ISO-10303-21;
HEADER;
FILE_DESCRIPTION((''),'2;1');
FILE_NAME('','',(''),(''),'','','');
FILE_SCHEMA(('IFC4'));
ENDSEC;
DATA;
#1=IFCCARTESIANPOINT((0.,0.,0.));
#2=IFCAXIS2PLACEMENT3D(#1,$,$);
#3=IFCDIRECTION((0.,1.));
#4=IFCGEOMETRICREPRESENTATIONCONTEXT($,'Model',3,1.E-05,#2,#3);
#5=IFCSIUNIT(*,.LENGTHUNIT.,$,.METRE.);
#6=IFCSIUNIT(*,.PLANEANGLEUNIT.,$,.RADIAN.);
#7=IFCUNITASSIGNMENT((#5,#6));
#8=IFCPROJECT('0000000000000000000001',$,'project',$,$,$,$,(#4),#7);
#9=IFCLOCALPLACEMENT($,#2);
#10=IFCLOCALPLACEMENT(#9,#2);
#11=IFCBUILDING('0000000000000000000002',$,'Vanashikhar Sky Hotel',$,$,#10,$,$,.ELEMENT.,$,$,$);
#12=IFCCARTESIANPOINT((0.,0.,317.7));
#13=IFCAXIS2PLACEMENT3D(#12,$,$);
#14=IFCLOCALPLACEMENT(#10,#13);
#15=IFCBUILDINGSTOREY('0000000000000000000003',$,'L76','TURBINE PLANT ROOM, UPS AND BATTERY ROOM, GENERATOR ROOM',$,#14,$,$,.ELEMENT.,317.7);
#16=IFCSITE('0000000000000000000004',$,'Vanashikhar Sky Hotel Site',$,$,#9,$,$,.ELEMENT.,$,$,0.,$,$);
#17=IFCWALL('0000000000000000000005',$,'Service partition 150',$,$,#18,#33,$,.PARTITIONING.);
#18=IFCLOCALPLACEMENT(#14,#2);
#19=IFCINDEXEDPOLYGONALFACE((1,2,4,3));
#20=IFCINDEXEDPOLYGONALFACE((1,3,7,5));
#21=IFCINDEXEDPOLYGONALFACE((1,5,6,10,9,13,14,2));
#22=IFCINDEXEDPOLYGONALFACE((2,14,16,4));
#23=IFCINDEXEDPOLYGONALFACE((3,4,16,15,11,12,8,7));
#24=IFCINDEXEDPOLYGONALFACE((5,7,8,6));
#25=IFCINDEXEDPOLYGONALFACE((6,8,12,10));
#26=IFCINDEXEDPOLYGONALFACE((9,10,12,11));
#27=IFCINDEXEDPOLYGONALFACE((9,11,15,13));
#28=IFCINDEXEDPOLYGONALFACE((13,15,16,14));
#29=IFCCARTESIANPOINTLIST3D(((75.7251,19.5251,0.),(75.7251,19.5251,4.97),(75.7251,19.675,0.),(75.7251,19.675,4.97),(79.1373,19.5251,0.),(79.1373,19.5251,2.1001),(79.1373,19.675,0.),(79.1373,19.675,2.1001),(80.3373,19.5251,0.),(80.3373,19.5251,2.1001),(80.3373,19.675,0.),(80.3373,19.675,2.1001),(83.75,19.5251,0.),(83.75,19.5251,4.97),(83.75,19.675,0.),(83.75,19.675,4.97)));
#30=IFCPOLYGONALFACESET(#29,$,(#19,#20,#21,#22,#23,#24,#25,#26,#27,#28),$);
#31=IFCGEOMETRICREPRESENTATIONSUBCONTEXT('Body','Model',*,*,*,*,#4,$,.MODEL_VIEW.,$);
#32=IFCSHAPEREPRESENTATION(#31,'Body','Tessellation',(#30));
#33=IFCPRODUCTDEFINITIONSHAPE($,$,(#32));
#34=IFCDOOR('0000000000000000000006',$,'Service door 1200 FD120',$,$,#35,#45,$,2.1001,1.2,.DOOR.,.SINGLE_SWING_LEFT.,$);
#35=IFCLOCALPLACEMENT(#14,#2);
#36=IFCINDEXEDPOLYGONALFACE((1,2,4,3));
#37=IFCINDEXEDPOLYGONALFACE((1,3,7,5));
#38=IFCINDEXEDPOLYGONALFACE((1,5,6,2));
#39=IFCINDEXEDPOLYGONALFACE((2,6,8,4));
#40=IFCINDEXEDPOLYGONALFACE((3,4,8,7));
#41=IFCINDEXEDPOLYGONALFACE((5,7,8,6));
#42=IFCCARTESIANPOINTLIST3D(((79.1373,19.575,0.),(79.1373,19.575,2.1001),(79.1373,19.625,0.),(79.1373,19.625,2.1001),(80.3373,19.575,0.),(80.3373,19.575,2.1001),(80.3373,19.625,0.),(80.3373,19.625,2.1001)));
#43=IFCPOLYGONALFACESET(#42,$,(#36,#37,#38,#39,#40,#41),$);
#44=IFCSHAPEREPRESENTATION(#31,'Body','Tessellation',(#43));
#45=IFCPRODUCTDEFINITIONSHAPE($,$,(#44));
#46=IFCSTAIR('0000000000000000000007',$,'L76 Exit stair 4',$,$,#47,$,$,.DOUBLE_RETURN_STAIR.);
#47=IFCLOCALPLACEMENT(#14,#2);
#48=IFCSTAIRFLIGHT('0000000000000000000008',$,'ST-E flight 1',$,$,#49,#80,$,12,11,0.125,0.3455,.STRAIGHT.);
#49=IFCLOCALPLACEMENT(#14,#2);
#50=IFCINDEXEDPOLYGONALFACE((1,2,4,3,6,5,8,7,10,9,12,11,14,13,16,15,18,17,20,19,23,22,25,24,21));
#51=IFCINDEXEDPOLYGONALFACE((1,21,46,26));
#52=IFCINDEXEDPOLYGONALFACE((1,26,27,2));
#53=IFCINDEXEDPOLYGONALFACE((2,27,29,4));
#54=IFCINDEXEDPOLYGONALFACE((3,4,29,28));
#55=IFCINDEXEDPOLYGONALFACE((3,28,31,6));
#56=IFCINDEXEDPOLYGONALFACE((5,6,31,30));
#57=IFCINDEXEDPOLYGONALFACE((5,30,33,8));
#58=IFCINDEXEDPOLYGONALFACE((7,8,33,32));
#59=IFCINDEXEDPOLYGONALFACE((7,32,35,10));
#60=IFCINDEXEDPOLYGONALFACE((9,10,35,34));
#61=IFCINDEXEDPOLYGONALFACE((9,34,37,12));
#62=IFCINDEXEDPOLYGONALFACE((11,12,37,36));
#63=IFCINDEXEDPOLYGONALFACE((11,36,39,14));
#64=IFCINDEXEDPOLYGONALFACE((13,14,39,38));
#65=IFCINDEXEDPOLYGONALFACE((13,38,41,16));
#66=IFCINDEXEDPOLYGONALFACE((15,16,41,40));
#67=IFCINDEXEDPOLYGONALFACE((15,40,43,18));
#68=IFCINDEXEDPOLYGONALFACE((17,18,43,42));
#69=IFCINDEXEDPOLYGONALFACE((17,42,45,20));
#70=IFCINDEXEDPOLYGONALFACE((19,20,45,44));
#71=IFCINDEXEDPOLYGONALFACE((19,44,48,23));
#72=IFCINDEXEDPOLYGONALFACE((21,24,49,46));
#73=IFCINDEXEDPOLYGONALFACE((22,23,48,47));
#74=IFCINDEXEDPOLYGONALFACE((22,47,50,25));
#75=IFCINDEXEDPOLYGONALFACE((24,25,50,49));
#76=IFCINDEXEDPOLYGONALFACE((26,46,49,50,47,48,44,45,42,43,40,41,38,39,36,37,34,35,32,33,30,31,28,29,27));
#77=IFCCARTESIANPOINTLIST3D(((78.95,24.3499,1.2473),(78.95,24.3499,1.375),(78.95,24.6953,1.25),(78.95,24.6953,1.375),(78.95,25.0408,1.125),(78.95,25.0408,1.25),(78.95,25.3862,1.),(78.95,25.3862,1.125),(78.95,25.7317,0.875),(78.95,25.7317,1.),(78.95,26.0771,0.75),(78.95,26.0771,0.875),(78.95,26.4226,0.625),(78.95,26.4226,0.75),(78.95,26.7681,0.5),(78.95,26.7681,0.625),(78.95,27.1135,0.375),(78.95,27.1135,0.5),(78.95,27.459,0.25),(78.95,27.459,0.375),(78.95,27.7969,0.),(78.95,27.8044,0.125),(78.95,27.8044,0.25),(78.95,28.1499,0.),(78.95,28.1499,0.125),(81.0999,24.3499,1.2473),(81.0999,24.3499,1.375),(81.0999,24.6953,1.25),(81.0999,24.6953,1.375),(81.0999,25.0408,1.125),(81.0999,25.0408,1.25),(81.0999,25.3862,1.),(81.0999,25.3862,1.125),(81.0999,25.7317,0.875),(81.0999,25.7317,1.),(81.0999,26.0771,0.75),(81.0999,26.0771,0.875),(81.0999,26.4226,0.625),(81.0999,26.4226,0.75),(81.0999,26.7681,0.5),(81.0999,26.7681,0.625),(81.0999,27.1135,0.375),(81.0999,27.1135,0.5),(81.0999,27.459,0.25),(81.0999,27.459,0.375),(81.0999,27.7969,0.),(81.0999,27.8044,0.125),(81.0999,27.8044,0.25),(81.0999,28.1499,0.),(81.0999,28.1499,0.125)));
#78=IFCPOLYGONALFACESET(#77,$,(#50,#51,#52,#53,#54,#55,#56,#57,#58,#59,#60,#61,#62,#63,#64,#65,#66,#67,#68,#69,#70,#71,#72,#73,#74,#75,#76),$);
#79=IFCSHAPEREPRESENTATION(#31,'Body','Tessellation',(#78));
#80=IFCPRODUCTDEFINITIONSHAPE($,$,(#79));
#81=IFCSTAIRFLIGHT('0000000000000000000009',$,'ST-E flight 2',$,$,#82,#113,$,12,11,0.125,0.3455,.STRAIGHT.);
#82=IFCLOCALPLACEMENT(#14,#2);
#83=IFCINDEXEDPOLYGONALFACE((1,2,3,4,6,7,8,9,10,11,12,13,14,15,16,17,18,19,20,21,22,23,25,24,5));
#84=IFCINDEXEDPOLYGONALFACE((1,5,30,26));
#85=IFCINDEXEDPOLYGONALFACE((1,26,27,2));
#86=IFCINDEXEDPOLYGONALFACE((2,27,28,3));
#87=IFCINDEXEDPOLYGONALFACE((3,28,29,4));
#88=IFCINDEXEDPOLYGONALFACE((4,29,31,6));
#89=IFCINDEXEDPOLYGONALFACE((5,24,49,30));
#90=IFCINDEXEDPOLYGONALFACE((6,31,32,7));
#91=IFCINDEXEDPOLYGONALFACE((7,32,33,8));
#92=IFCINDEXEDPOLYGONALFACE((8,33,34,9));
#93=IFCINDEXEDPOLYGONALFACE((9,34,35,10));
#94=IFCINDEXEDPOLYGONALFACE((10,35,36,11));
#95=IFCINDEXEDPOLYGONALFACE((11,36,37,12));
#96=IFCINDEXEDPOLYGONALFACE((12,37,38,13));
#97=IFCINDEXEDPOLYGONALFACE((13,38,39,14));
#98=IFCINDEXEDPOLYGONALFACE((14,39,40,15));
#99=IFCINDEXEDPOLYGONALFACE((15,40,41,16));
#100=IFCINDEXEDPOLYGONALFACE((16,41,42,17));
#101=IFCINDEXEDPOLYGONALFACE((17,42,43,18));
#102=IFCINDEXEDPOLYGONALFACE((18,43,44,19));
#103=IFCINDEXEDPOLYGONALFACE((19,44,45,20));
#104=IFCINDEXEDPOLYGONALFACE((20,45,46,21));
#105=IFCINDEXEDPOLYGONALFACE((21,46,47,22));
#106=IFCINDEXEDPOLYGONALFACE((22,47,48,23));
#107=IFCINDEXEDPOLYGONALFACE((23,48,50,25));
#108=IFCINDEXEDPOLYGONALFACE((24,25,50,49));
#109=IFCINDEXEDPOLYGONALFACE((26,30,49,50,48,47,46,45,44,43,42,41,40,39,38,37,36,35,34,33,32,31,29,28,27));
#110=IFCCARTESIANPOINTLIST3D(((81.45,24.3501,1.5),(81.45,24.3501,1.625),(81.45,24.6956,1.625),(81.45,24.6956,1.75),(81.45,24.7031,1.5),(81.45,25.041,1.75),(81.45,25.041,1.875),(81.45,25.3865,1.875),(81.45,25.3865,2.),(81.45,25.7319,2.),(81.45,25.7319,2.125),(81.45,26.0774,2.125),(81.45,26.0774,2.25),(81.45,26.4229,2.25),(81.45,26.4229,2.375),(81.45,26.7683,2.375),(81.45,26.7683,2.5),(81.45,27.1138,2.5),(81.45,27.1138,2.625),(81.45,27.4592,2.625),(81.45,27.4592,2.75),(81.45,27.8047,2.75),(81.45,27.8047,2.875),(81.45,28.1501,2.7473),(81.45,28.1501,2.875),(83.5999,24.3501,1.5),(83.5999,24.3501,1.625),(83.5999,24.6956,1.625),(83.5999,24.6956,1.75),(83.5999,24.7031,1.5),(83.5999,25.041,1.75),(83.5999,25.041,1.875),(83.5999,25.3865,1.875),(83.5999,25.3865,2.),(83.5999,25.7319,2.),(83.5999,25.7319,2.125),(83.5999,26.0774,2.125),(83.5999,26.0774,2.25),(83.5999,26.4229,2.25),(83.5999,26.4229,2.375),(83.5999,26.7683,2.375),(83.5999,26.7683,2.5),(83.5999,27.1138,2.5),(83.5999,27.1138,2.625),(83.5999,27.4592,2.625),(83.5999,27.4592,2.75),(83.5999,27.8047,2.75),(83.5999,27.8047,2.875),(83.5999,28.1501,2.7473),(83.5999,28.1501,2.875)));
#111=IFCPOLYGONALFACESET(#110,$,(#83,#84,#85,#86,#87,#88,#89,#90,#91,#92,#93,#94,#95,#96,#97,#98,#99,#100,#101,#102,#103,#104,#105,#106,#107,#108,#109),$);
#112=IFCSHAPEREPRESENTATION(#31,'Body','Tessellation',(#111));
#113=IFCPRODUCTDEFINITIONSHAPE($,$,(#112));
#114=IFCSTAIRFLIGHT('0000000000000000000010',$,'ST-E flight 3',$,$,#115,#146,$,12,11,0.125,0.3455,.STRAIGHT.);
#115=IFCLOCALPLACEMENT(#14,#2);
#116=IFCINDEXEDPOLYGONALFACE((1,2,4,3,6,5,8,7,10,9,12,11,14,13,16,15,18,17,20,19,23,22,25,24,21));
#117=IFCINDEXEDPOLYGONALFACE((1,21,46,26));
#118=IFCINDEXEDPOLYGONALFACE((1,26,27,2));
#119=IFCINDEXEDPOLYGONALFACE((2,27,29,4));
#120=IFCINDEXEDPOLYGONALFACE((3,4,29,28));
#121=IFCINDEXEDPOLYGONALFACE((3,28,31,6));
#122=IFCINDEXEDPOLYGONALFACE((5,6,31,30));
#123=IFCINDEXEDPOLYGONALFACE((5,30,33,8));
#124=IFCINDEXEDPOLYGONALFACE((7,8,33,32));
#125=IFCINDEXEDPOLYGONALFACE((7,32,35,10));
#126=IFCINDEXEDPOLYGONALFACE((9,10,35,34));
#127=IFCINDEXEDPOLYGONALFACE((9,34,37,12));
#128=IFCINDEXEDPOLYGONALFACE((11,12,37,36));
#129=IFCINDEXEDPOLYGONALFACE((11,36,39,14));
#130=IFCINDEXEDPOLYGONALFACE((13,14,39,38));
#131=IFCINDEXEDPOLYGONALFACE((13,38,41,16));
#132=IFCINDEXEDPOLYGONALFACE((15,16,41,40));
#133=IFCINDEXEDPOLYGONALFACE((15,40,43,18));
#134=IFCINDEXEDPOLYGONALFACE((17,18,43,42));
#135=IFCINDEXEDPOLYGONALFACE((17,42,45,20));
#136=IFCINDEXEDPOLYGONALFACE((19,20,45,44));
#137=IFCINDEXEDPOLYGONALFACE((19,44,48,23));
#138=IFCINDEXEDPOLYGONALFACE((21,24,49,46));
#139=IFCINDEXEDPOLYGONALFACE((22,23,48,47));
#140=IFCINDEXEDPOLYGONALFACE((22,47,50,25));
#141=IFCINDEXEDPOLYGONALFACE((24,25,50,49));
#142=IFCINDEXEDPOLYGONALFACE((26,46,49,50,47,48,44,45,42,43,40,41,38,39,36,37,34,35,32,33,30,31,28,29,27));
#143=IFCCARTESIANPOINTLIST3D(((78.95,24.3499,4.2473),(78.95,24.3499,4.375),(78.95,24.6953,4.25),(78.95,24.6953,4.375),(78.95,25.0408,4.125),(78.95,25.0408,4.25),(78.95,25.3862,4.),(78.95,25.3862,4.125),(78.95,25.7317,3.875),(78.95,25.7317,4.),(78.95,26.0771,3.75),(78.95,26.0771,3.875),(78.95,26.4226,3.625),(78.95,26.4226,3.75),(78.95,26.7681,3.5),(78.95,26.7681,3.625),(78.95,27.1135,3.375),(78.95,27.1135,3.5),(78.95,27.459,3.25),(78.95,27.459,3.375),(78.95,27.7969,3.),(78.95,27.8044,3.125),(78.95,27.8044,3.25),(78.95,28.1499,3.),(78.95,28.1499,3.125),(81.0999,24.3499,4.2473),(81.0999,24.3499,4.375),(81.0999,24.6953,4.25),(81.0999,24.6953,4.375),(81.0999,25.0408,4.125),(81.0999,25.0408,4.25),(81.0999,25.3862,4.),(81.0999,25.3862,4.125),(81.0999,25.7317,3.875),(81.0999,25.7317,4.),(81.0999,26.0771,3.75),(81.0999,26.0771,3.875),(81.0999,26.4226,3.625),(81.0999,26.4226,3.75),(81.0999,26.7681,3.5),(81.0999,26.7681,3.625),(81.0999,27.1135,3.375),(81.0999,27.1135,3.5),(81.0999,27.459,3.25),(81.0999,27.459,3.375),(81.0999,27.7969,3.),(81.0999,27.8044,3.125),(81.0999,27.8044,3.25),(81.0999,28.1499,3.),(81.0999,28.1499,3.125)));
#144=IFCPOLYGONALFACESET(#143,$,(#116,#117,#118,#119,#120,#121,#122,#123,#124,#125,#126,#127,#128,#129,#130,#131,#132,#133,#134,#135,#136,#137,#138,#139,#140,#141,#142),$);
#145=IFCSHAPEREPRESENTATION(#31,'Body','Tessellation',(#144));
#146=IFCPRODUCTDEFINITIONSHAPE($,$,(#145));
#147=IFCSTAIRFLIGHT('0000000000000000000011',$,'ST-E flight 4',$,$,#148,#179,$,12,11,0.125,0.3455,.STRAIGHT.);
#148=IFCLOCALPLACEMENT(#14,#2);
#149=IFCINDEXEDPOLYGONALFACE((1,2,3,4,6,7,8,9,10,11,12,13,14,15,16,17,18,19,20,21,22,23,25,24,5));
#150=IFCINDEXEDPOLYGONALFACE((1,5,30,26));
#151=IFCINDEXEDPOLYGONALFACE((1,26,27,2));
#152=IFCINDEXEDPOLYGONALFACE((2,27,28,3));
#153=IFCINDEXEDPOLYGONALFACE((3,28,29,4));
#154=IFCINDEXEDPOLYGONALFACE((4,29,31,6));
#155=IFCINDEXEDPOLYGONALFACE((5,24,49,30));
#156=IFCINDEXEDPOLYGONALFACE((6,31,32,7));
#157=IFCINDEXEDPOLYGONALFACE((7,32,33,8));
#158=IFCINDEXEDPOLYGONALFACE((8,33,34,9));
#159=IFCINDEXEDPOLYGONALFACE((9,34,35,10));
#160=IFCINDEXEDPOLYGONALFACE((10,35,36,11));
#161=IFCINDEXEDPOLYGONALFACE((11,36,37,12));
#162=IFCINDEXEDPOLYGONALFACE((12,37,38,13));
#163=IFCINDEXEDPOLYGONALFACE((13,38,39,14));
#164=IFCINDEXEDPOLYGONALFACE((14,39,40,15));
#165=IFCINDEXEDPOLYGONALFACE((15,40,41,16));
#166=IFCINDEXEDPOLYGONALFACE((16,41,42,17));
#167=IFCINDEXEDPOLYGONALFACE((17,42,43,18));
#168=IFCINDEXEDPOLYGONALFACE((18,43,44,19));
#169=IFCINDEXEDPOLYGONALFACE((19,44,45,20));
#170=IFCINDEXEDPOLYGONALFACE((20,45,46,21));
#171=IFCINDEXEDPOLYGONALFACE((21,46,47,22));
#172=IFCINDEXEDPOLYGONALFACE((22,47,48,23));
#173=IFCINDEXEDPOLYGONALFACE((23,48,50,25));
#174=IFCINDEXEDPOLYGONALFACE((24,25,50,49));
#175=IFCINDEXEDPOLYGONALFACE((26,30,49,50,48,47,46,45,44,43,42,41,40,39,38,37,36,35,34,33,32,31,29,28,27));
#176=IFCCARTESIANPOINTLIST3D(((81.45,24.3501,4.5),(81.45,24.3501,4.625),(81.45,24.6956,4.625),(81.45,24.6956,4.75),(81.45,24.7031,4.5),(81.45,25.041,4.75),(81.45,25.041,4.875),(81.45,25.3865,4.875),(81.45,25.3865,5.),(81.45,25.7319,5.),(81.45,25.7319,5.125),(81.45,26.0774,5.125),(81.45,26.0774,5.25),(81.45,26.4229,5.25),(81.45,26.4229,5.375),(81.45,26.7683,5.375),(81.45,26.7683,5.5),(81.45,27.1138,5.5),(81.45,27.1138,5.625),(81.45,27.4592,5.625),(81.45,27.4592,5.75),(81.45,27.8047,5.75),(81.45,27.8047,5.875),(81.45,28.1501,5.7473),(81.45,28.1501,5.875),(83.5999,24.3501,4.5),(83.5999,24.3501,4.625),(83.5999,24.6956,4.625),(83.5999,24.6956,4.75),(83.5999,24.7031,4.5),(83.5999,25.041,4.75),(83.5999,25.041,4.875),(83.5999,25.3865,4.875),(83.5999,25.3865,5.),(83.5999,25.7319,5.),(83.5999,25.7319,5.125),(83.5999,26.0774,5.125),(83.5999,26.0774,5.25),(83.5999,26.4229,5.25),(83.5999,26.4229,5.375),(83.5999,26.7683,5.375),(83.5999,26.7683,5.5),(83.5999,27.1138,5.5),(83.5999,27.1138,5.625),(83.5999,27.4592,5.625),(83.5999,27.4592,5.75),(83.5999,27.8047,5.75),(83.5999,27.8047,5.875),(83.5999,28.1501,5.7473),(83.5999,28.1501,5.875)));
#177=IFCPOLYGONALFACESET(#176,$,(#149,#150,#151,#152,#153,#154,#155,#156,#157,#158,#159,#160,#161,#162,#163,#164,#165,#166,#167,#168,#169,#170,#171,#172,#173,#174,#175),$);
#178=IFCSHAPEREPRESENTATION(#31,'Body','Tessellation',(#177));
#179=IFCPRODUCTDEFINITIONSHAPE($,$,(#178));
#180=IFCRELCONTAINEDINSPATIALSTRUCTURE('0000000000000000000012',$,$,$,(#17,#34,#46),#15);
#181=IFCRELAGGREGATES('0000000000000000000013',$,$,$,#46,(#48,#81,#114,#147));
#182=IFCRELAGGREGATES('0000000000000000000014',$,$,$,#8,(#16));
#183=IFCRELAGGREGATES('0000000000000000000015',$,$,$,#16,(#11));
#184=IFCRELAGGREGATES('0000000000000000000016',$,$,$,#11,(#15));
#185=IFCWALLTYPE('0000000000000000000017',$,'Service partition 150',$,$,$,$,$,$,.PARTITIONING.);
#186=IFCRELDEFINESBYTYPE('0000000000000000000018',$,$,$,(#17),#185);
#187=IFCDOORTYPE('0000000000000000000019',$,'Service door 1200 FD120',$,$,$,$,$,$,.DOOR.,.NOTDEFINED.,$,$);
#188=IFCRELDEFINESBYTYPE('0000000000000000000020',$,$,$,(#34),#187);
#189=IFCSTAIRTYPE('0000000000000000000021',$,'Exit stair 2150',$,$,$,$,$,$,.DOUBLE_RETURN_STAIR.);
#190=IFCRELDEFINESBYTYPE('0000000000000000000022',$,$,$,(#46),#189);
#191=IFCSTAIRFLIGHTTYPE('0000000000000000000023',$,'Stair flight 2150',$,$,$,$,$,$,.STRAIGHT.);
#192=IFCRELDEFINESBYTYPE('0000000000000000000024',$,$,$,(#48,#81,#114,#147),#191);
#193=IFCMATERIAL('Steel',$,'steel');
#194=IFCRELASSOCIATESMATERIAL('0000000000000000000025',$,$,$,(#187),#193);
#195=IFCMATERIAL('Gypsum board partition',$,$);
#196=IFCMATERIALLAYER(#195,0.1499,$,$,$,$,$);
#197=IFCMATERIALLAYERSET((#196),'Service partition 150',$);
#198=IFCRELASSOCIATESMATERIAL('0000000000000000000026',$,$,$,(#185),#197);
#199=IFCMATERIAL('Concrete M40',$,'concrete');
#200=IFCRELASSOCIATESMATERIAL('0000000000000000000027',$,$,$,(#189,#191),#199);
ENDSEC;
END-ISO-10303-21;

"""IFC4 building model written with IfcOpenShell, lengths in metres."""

from ifc_helpers import new_model, si_unit, direction, frame, frame_2d, origin, place, context, subcontext, project, spatial, polyline, rectangle, outline, extrude, source, transform, mapped, material, layer, layer_set, type_object, element, fill, aggregate, save


model = new_model("IFC4")

# Units and contexts
model_context = context("Model", 3, precision=1e-05, world=origin(), true_north=direction((0.0, 1.0)))
body_context = subcontext(model_context, "Body", "Model", "MODEL_VIEW")
ifc_project = project(units=[si_unit("LENGTHUNIT", "METRE"), si_unit("PLANEANGLEUNIT", "RADIAN")], contexts=[model_context])

# Site, building, storey
site_placement = place(None, origin())
site = spatial("IfcSite", under=ifc_project, at=site_placement, Name="Vanashikhar Sky Hotel Site", CompositionType="ELEMENT", RefElevation=0.0)
building_placement = place(site_placement, origin())
building = spatial("IfcBuilding", under=site, at=building_placement, Name="Vanashikhar Sky Hotel", CompositionType="ELEMENT")
storey_placement = place(building_placement, frame((0.0, 0.0, 317.7)))
storey = spatial("IfcBuildingStorey", under=building, at=storey_placement, Name="L76", Description="TURBINE PLANT ROOM, UPS AND BATTERY ROOM, GENERATOR ROOM", CompositionType="ELEMENT", Elevation=317.7)

# Shared definitions
ifc_material_1 = material(Name="Steel", Category="steel")
door_type_1 = type_object("IfcDoorType", Name="Service door 1200 FD120", OperationType="NOTDEFINED", PredefinedType="DOOR", material=ifc_material_1)
shared_shape_1 = source(origin(), body_context, "Body", "SweptSolid", [
    extrude(rectangle(XDim=1.2, YDim=2.1001, at=frame_2d((0.6001, 1.05))), frame((0.0, 0.0249, 0.0), z_axis=(0.0, -1.0, 0.0), x_axis=(1.0, 0.0, 0.0)), (0.0, 0.0, 1.0), 0.05),
])

# Wall, opening, door
ifc_material_2 = material(Name="Gypsum board partition")
ifc_layer_1 = layer(ifc_material_2, 0.1499)
ifc_layer_set_1 = layer_set([ifc_layer_1], Name="Service partition 150")
wall_type_1 = type_object("IfcWallType", Name="Service partition 150", PredefinedType="PARTITIONING", material=ifc_layer_set_1)
shared_shape_2 = source(origin(), body_context, "Body", "SweptSolid", [
    extrude(rectangle(XDim=8.0249, YDim=0.1499, at=frame_2d((4.0125, 0.0))), origin(), (0.0, 0.0, 1.0), 4.97),
])
wall_1_placement = place(storey_placement, frame((75.7251, 19.6001, 0.0), z_axis=(0.0, 0.0, 1.0), x_axis=(1.0, 0.0, 0.0)))
wall_1 = element("IfcWall", 1, at=wall_1_placement, inside=storey, type_object=wall_type_1, Name="Service partition 150", PredefinedType="PARTITIONING", context=body_context, shape_type="MappedRepresentation", body=[
    mapped(shared_shape_2, transform((0.0, 0.0, 0.0), scale=1.0)),
])
shared_shape_3 = source(origin(), body_context, "Body", "SweptSolid", [
    extrude(rectangle(XDim=1.2, YDim=2.1001, at=frame_2d((0.6001, 1.05))), frame((0.0, 0.085, 0.0), z_axis=(0.0, -1.0, 0.0), x_axis=(1.0, 0.0, 0.0)), (0.0, 0.0, 1.0), 0.1699),
])
opening_1_placement = place(wall_1_placement, frame((3.4121, 0.0, 0.0)))
opening_1 = element("IfcOpeningElement", 2, at=opening_1_placement, cuts=wall_1, PredefinedType="OPENING", context=body_context, shape_type="MappedRepresentation", body=[
    mapped(shared_shape_3, transform((0.0, 0.0, 0.0), scale=1.0)),
])
door_1_placement = place(opening_1_placement, origin())
door_1 = element("IfcDoor", 3, at=door_1_placement, inside=storey, type_object=door_type_1, Name="Service door 1200 FD120", OperationType="SINGLE_SWING_LEFT", OverallHeight=2.1001, OverallWidth=1.2, PredefinedType="DOOR", context=body_context, shape_type="MappedRepresentation", body=[
    mapped(shared_shape_1, transform((0.0, 0.0, 0.0), scale=1.0)),
])
fill(opening_1, door_1)

# Stair, stair flights
ifc_material_3 = material(Name="Concrete M40", Category="concrete")
stair_type = type_object("IfcStairType", Name="Exit stair 2150", PredefinedType="DOUBLE_RETURN_STAIR", material=ifc_material_3)
stair_placement = place(storey_placement, origin())
stair = element("IfcStair", 4, at=stair_placement, inside=storey, type_object=stair_type, Name="L76 Exit stair 4", PredefinedType="DOUBLE_RETURN_STAIR")
stair_flight_type = type_object("IfcStairFlightType", Name="Stair flight 2150", PredefinedType="STRAIGHT", material=ifc_material_3)
shared_shape_4 = source(origin(), body_context, "Body", "SweptSolid", [
    extrude(outline(polyline([(0.0, 0.0), (0.0, 0.125), (0.3455, 0.125), (0.3455, 0.25), (0.6909, 0.25), (0.6909, 0.375), (1.0364, 0.375), (1.0364, 0.5), (1.3818, 0.5), (1.3818, 0.625), (1.7273, 0.625), (1.7273, 0.75), (2.0728, 0.75), (2.0728, 0.875), (2.4182, 0.875), (2.4182, 1.0), (2.7637, 1.0), (2.7637, 1.125), (3.1091, 1.125), (3.1091, 1.25), (3.4546, 1.25), (3.4546, 1.375), (3.8, 1.375), (3.8, 1.5), (3.8, 1.2473), (0.353, 0.0), (0.0, 0.0)])), frame((0.0, 1.075, 0.0), z_axis=(0.0, -1.0, 0.0), x_axis=(1.0, 0.0, 0.0)), (0.0, 0.0, 1.0), 2.1499),
])
stair_flight_1_placement = place(storey_placement, frame((80.0249, 28.1499, 0.0), z_axis=(0.0, 0.0, 1.0), x_axis=(0.0, -1.0, 0.0)))
stair_flight_1 = element("IfcStairFlight", 5, at=stair_flight_1_placement, type_object=stair_flight_type, Name="ST-E flight 1", NumberOfRisers=12, NumberOfTreads=11, PredefinedType="STRAIGHT", RiserHeight=0.125, TreadLength=0.3455, context=body_context, shape_type="MappedRepresentation", body=[
    mapped(shared_shape_4, transform((0.0, 0.0, 0.0), scale=1.0)),
])
stair_flight_2_placement = place(storey_placement, frame((82.5249, 24.3501, 1.5), z_axis=(0.0, 0.0, 1.0), x_axis=(0.0, 1.0, 0.0)))
stair_flight_2 = element("IfcStairFlight", 6, at=stair_flight_2_placement, type_object=stair_flight_type, Name="ST-E flight 2", NumberOfRisers=12, NumberOfTreads=11, PredefinedType="STRAIGHT", RiserHeight=0.125, TreadLength=0.3455, context=body_context, shape_type="MappedRepresentation", body=[
    mapped(shared_shape_4, transform((0.0, 0.0, 0.0), scale=1.0)),
])
stair_flight_3_placement = place(storey_placement, frame((80.0249, 28.1499, 3.0), z_axis=(0.0, 0.0, 1.0), x_axis=(0.0, -1.0, 0.0)))
stair_flight_3 = element("IfcStairFlight", 7, at=stair_flight_3_placement, type_object=stair_flight_type, Name="ST-E flight 3", NumberOfRisers=12, NumberOfTreads=11, PredefinedType="STRAIGHT", RiserHeight=0.125, TreadLength=0.3455, context=body_context, shape_type="MappedRepresentation", body=[
    mapped(shared_shape_4, transform((0.0, 0.0, 0.0), scale=1.0)),
])
stair_flight_4_placement = place(storey_placement, frame((82.5249, 24.3501, 4.5), z_axis=(0.0, 0.0, 1.0), x_axis=(0.0, 1.0, 0.0)))
stair_flight_4 = element("IfcStairFlight", 8, at=stair_flight_4_placement, type_object=stair_flight_type, Name="ST-E flight 4", NumberOfRisers=12, NumberOfTreads=11, PredefinedType="STRAIGHT", RiserHeight=0.125, TreadLength=0.3455, context=body_context, shape_type="MappedRepresentation", body=[
    mapped(shared_shape_4, transform((0.0, 0.0, 0.0), scale=1.0)),
])
aggregate(stair, [stair_flight_1, stair_flight_2, stair_flight_3, stair_flight_4])

save(model, "model.ifc")
